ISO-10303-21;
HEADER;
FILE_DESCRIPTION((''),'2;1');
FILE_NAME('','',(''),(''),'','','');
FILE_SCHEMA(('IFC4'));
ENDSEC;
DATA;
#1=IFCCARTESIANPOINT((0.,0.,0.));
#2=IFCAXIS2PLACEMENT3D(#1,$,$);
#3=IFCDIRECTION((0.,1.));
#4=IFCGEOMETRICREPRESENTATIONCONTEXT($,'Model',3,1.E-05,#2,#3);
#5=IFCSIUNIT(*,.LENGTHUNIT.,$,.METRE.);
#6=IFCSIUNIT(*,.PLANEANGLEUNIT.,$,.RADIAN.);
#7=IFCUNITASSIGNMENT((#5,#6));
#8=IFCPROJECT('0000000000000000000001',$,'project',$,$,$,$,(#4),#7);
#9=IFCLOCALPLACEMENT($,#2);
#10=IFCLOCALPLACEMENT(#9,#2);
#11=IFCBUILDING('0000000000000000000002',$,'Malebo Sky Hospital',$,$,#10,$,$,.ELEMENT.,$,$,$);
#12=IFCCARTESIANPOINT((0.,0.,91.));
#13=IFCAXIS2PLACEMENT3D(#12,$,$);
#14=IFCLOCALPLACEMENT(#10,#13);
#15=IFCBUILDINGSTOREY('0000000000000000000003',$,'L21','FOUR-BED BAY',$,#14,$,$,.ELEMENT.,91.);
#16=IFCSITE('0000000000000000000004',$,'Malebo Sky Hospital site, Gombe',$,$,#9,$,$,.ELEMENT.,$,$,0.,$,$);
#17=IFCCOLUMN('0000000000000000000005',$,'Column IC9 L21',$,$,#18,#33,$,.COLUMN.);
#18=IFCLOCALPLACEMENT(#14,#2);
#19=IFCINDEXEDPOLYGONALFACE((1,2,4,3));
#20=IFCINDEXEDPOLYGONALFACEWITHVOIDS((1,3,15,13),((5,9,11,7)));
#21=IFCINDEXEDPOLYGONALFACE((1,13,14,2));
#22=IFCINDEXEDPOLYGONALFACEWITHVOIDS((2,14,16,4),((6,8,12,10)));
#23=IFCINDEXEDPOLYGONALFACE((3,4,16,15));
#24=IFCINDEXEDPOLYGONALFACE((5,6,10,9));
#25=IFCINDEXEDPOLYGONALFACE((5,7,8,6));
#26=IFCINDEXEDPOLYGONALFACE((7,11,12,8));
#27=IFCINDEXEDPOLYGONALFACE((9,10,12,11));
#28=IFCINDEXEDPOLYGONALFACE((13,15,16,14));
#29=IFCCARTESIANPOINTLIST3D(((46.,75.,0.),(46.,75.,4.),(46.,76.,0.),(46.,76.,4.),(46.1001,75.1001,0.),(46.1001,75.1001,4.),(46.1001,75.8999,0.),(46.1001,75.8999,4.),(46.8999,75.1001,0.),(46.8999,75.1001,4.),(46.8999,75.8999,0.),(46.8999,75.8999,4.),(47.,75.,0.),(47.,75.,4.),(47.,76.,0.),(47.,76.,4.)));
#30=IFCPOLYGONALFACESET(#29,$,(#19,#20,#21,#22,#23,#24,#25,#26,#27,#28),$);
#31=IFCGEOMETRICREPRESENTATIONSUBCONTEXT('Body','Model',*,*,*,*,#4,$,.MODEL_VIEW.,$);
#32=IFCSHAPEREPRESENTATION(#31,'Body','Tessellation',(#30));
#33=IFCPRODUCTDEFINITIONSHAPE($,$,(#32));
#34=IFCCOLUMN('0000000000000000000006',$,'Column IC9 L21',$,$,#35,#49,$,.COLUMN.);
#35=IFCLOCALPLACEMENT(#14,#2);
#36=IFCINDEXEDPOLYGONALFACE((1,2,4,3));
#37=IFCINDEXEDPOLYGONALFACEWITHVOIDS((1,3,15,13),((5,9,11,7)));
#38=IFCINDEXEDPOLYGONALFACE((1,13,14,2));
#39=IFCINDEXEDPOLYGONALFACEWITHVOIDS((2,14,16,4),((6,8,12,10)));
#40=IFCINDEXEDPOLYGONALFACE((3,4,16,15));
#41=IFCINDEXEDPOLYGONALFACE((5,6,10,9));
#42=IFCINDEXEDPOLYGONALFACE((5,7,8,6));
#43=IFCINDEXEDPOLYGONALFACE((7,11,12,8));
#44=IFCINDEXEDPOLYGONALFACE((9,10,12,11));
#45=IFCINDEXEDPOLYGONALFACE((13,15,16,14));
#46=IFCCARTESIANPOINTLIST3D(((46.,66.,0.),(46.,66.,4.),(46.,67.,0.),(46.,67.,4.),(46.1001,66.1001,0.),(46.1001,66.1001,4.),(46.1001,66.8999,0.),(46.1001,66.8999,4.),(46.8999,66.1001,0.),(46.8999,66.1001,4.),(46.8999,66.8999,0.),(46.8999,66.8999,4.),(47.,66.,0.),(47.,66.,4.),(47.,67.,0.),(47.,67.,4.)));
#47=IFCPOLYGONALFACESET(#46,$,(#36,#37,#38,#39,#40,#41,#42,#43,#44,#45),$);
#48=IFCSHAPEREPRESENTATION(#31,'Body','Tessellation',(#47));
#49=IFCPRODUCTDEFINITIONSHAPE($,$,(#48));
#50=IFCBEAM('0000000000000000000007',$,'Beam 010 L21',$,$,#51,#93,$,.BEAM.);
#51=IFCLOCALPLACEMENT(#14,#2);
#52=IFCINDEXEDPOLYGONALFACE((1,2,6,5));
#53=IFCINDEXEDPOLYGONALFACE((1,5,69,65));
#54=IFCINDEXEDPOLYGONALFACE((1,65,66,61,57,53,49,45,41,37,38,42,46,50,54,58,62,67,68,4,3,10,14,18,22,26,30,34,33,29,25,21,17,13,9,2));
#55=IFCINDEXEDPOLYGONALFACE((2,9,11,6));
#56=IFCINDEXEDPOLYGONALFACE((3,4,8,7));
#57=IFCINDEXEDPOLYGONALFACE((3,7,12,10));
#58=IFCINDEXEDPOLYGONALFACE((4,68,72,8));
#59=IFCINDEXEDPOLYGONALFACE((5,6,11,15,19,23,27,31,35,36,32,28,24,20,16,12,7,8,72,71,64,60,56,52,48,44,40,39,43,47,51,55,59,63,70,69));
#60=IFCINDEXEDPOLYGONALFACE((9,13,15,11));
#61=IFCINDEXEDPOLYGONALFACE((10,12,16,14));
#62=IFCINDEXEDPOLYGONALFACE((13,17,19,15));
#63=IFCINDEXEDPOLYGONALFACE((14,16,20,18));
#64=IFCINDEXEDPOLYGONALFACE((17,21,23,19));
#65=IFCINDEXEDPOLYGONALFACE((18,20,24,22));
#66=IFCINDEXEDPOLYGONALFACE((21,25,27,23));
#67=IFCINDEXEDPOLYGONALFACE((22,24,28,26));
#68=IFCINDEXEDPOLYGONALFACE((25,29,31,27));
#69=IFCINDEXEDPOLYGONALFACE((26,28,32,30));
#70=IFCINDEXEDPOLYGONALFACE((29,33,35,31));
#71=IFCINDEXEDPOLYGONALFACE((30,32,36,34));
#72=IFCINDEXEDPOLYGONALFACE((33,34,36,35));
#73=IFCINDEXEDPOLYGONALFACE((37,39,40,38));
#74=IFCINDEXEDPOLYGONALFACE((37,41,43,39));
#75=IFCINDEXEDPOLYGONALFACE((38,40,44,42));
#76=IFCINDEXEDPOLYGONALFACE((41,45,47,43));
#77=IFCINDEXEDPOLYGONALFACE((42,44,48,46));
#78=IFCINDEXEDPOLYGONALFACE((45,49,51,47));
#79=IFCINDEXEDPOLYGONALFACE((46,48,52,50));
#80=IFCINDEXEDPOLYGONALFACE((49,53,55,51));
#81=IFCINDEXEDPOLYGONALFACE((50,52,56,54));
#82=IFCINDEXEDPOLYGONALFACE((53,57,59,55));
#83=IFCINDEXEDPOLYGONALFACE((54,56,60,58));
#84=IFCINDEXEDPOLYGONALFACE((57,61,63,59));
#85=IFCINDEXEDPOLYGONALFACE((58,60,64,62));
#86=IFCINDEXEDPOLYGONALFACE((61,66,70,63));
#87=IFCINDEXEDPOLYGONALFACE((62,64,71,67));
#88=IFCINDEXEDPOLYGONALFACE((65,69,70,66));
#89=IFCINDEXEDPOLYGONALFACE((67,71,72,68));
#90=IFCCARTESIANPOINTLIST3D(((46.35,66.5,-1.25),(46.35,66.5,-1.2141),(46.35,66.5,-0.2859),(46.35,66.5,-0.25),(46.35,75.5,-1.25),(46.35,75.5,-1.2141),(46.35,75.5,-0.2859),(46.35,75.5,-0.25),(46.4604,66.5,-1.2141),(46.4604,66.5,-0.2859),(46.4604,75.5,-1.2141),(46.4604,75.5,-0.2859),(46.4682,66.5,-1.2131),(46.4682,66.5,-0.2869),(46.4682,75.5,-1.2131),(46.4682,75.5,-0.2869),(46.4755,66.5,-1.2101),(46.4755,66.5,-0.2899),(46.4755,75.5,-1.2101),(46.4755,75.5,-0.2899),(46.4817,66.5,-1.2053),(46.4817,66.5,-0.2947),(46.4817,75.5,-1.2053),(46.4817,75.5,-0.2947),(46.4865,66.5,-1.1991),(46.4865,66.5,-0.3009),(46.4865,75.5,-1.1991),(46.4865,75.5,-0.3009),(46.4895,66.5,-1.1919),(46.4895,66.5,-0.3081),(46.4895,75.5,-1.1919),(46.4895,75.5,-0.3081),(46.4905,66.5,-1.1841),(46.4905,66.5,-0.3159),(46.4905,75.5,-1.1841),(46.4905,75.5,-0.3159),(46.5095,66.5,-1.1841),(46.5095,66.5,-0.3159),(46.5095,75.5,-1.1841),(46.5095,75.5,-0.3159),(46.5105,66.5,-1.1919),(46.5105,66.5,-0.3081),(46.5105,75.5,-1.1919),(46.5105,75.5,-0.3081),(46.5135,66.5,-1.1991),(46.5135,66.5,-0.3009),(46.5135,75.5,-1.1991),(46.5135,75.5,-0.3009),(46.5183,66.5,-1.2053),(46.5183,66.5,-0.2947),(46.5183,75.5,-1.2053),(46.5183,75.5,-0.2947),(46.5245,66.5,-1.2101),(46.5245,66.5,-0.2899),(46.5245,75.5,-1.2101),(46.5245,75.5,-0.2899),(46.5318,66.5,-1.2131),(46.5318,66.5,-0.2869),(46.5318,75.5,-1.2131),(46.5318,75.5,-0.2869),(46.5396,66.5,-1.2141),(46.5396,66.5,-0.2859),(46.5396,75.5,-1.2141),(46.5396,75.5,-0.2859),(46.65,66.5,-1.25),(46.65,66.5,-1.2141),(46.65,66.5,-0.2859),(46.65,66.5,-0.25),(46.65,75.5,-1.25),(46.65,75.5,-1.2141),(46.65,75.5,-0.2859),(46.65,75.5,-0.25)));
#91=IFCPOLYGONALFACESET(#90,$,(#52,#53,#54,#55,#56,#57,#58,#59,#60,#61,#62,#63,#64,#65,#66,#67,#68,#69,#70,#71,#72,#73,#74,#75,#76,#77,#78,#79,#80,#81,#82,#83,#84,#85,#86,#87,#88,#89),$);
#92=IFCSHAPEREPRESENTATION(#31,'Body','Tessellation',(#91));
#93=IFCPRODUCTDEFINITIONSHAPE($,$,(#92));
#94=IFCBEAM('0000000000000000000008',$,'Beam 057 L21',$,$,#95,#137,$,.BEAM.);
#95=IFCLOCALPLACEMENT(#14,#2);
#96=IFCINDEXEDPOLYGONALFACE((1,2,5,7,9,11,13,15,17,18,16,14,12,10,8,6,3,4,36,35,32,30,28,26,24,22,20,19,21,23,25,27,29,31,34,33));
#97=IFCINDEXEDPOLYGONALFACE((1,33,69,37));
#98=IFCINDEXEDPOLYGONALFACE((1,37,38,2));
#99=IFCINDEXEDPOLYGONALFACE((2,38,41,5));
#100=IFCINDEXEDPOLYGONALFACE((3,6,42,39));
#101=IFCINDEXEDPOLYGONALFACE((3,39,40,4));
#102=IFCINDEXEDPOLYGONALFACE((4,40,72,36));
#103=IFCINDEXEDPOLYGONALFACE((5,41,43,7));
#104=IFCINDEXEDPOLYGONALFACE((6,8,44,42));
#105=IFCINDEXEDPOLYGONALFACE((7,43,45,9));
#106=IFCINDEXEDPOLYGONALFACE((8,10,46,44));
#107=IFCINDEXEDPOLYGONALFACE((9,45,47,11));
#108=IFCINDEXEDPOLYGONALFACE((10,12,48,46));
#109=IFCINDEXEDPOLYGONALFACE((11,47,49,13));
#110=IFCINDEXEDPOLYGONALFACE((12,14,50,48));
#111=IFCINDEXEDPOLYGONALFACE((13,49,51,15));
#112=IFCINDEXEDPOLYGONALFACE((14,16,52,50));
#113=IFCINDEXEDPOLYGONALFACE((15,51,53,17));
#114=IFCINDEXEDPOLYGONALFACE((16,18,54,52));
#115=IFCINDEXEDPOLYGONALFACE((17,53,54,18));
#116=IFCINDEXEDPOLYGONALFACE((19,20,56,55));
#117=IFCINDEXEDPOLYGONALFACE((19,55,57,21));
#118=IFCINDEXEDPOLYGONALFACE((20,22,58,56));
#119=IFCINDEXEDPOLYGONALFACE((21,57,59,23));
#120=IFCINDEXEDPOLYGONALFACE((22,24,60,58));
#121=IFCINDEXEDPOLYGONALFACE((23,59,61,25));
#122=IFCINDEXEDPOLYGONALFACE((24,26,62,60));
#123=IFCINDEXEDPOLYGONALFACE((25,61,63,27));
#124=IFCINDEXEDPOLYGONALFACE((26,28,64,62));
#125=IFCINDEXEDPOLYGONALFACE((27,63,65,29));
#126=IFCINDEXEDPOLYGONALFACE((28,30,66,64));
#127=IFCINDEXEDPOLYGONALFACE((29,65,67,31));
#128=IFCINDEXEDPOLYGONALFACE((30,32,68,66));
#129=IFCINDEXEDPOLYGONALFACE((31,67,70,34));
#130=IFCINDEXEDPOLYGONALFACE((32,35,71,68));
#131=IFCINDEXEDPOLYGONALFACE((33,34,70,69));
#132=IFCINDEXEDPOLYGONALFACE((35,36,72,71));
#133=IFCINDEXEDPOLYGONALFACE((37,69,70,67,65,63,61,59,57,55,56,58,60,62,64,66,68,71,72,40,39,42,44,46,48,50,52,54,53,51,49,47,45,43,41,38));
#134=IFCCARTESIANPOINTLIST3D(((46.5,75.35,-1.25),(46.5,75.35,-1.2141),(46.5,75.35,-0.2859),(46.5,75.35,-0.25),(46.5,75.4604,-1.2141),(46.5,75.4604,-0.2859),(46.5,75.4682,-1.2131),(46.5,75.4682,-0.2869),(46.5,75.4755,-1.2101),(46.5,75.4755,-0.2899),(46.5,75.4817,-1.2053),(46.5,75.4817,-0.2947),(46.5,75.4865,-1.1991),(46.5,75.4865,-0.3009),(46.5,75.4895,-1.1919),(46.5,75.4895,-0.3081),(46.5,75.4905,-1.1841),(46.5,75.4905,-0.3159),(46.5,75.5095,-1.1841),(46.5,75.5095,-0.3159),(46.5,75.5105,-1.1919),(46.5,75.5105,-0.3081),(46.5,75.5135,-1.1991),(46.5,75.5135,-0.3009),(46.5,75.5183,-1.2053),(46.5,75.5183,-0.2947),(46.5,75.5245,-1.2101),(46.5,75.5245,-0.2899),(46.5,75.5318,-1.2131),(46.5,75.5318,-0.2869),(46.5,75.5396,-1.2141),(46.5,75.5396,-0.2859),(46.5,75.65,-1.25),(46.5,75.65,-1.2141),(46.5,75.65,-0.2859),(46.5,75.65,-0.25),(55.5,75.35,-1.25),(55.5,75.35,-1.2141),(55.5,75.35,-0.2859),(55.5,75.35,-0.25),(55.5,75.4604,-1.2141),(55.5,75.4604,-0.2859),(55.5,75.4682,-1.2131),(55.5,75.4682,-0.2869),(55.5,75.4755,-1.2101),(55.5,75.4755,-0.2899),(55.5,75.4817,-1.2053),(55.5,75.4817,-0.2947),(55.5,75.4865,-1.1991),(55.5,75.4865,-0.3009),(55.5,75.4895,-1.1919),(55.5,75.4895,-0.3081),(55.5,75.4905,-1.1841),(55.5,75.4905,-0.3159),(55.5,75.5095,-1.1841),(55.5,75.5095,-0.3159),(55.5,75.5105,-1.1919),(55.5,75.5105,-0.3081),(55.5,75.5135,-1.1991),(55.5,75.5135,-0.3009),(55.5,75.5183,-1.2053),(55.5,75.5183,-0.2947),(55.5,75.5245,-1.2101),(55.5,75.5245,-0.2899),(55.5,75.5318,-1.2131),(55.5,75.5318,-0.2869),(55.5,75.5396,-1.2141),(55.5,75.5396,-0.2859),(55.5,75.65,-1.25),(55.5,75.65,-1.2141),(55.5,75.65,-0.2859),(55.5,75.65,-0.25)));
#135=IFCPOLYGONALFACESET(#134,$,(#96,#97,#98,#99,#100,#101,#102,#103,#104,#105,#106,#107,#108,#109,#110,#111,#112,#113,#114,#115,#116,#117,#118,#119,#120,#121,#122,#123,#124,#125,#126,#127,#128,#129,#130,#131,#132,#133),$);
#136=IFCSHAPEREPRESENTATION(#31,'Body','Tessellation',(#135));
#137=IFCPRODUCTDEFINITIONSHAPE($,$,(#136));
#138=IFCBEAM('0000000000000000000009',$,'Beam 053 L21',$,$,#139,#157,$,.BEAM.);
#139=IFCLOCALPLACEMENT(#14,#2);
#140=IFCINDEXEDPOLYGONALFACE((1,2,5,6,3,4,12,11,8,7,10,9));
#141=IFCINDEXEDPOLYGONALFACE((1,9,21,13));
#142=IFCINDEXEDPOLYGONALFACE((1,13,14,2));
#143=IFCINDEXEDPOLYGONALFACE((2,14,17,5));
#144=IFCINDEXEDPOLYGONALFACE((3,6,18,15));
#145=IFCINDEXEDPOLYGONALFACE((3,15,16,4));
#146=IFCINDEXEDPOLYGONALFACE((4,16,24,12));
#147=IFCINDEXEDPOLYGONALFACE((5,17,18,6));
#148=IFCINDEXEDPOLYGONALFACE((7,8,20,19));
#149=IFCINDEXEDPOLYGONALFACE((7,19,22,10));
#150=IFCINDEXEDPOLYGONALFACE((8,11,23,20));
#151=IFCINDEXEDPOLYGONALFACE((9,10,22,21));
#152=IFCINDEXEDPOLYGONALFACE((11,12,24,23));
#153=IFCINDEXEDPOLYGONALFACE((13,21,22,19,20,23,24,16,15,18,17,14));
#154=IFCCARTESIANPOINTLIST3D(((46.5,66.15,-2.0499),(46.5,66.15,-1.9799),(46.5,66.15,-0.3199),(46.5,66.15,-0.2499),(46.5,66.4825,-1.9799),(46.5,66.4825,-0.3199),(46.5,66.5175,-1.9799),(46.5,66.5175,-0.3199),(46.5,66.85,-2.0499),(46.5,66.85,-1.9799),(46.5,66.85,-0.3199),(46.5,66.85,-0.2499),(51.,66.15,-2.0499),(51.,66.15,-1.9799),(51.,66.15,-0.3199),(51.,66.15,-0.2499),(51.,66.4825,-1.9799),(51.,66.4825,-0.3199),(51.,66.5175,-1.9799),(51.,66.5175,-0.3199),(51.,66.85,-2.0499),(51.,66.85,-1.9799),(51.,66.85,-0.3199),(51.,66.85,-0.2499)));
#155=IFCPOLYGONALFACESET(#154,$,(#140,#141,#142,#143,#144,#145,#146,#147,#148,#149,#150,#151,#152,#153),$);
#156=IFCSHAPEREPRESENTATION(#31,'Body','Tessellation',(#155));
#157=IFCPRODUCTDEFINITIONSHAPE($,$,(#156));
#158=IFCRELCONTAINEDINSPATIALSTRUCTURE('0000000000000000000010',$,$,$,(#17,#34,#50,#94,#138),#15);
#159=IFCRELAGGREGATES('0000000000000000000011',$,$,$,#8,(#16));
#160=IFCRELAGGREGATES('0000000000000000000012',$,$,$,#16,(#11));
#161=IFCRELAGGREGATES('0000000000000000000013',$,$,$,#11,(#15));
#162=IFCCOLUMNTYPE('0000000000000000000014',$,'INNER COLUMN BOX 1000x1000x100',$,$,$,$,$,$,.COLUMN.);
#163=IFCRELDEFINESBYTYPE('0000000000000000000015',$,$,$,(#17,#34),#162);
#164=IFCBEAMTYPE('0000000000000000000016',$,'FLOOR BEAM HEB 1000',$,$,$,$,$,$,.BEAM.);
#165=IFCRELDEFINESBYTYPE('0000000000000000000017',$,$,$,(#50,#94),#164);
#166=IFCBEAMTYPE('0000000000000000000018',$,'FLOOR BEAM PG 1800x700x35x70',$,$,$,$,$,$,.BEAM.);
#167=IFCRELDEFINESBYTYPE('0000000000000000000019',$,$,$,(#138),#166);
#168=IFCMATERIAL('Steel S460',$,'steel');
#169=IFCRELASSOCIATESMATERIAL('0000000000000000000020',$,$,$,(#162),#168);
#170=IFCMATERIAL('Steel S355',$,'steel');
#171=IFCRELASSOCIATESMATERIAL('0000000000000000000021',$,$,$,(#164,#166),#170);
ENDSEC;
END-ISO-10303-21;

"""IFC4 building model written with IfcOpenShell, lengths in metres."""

from ifc_helpers import new_model, si_unit, direction, frame, origin, origin_2d, place, context, subcontext, project, spatial, hollow_rectangle, i_section, extrude, material, material_profile, profile_set, type_object, element, save


model = new_model("IFC4")

# Units and contexts
model_context = context("Model", 3, precision=1e-05, world=origin(), true_north=direction((0.0, 1.0)))
body_context = subcontext(model_context, "Body", "Model", "MODEL_VIEW")
ifc_project = project(units=[si_unit("LENGTHUNIT", "METRE"), si_unit("PLANEANGLEUNIT", "RADIAN")], contexts=[model_context])

# Site, building, storey
site_placement = place(None, origin())
site = spatial("IfcSite", under=ifc_project, at=site_placement, Name="Malebo Sky Hospital site, Gombe", CompositionType="ELEMENT", RefElevation=0.0)
building_placement = place(site_placement, origin())
building = spatial("IfcBuilding", under=site, at=building_placement, Name="Malebo Sky Hospital", CompositionType="ELEMENT")
storey_placement = place(building_placement, frame((0.0, 0.0, 91.0)))
storey = spatial("IfcBuildingStorey", under=building, at=storey_placement, Name="L21", Description="FOUR-BED BAY", CompositionType="ELEMENT", Elevation=91.0)

# Columns
ifc_material_1 = material(Name="Steel S460", Category="steel")
ifc_material_profile_1 = material_profile(ifc_material_1, hollow_rectangle(XDim=1.0, YDim=1.0, WallThickness=0.1001, at=origin_2d()), Name="BOX 1000x1000x100")
ifc_profile_set_1 = profile_set([ifc_material_profile_1], Name="Steel S460")
column_type = type_object("IfcColumnType", Name="INNER COLUMN BOX 1000x1000x100", PredefinedType="COLUMN", material=ifc_profile_set_1)
for number, where, z_axis, x_axis, name in (
    (1, (46.5, 75.5, 0.0), (0.0, 0.0, 1.0), (1.0, 0.0, 0.0), "Column IC9 L21"),
    (2, (46.5, 66.5, 0.0), (0.0, 0.0, 1.0), (1.0, 0.0, 0.0), "Column IC9 L21"),
):
    element("IfcColumn", number, at=place(storey_placement, frame(where, z_axis=z_axis, x_axis=x_axis)), inside=storey, type_object=column_type, Name=name, PredefinedType="COLUMN", context=body_context, shape_type="SweptSolid", body=[
        extrude(hollow_rectangle(XDim=1.0, YDim=1.0, WallThickness=0.1001, at=origin_2d()), origin(), (0.0, 0.0, 1.0), 4.0),
    ])

# Beams
ifc_material_2 = material(Name="Steel S355", Category="steel")
ifc_material_profile_2 = material_profile(ifc_material_2, i_section(OverallWidth=0.3, OverallDepth=1.0, WebThickness=0.019, FlangeThickness=0.0359, FilletRadius=0.03, at=origin_2d()), Name="HEB 1000")
ifc_profile_set_2 = profile_set([ifc_material_profile_2], Name="Steel S355")
beam_type_1 = type_object("IfcBeamType", Name="FLOOR BEAM HEB 1000", PredefinedType="BEAM", material=ifc_profile_set_2)
for number, where, z_axis, x_axis, name in (
    (3, (46.5, 66.5, -0.75), (0.0, 1.0, 0.0), (-1.0, 0.0, 0.0), "Beam 010 L21"),
    (4, (46.5, 75.5, -0.75), (1.0, 0.0, 0.0), (0.0, 1.0, 0.0), "Beam 057 L21"),
):
    element("IfcBeam", number, at=place(storey_placement, frame(where, z_axis=z_axis, x_axis=x_axis)), inside=storey, type_object=beam_type_1, Name=name, PredefinedType="BEAM", context=body_context, shape_type="SweptSolid", body=[
        extrude(i_section(OverallWidth=0.3, OverallDepth=1.0, WebThickness=0.019, FlangeThickness=0.0359, FilletRadius=0.03, at=origin_2d()), origin(), (0.0, 0.0, 1.0), 9.0),
    ])
ifc_material_profile_3 = material_profile(ifc_material_2, i_section(OverallWidth=0.7, OverallDepth=1.8, WebThickness=0.0349, FlangeThickness=0.0701, at=origin_2d()), Name="PG 1800x700x35x70")
ifc_profile_set_3 = profile_set([ifc_material_profile_3], Name="Steel S355")
beam_type_2 = type_object("IfcBeamType", Name="FLOOR BEAM PG 1800x700x35x70", PredefinedType="BEAM", material=ifc_profile_set_3)
beam_1_placement = place(storey_placement, frame((46.5, 66.5, -1.1499), z_axis=(1.0, 0.0, 0.0), x_axis=(0.0, 1.0, 0.0)))
element("IfcBeam", 5, at=beam_1_placement, inside=storey, type_object=beam_type_2, Name="Beam 053 L21", PredefinedType="BEAM", context=body_context, shape_type="SweptSolid", body=[
    extrude(i_section(OverallWidth=0.7, OverallDepth=1.8, WebThickness=0.0349, FlangeThickness=0.0701, at=origin_2d()), origin(), (0.0, 0.0, 1.0), 4.5),
])

save(model, "model.ifc")
